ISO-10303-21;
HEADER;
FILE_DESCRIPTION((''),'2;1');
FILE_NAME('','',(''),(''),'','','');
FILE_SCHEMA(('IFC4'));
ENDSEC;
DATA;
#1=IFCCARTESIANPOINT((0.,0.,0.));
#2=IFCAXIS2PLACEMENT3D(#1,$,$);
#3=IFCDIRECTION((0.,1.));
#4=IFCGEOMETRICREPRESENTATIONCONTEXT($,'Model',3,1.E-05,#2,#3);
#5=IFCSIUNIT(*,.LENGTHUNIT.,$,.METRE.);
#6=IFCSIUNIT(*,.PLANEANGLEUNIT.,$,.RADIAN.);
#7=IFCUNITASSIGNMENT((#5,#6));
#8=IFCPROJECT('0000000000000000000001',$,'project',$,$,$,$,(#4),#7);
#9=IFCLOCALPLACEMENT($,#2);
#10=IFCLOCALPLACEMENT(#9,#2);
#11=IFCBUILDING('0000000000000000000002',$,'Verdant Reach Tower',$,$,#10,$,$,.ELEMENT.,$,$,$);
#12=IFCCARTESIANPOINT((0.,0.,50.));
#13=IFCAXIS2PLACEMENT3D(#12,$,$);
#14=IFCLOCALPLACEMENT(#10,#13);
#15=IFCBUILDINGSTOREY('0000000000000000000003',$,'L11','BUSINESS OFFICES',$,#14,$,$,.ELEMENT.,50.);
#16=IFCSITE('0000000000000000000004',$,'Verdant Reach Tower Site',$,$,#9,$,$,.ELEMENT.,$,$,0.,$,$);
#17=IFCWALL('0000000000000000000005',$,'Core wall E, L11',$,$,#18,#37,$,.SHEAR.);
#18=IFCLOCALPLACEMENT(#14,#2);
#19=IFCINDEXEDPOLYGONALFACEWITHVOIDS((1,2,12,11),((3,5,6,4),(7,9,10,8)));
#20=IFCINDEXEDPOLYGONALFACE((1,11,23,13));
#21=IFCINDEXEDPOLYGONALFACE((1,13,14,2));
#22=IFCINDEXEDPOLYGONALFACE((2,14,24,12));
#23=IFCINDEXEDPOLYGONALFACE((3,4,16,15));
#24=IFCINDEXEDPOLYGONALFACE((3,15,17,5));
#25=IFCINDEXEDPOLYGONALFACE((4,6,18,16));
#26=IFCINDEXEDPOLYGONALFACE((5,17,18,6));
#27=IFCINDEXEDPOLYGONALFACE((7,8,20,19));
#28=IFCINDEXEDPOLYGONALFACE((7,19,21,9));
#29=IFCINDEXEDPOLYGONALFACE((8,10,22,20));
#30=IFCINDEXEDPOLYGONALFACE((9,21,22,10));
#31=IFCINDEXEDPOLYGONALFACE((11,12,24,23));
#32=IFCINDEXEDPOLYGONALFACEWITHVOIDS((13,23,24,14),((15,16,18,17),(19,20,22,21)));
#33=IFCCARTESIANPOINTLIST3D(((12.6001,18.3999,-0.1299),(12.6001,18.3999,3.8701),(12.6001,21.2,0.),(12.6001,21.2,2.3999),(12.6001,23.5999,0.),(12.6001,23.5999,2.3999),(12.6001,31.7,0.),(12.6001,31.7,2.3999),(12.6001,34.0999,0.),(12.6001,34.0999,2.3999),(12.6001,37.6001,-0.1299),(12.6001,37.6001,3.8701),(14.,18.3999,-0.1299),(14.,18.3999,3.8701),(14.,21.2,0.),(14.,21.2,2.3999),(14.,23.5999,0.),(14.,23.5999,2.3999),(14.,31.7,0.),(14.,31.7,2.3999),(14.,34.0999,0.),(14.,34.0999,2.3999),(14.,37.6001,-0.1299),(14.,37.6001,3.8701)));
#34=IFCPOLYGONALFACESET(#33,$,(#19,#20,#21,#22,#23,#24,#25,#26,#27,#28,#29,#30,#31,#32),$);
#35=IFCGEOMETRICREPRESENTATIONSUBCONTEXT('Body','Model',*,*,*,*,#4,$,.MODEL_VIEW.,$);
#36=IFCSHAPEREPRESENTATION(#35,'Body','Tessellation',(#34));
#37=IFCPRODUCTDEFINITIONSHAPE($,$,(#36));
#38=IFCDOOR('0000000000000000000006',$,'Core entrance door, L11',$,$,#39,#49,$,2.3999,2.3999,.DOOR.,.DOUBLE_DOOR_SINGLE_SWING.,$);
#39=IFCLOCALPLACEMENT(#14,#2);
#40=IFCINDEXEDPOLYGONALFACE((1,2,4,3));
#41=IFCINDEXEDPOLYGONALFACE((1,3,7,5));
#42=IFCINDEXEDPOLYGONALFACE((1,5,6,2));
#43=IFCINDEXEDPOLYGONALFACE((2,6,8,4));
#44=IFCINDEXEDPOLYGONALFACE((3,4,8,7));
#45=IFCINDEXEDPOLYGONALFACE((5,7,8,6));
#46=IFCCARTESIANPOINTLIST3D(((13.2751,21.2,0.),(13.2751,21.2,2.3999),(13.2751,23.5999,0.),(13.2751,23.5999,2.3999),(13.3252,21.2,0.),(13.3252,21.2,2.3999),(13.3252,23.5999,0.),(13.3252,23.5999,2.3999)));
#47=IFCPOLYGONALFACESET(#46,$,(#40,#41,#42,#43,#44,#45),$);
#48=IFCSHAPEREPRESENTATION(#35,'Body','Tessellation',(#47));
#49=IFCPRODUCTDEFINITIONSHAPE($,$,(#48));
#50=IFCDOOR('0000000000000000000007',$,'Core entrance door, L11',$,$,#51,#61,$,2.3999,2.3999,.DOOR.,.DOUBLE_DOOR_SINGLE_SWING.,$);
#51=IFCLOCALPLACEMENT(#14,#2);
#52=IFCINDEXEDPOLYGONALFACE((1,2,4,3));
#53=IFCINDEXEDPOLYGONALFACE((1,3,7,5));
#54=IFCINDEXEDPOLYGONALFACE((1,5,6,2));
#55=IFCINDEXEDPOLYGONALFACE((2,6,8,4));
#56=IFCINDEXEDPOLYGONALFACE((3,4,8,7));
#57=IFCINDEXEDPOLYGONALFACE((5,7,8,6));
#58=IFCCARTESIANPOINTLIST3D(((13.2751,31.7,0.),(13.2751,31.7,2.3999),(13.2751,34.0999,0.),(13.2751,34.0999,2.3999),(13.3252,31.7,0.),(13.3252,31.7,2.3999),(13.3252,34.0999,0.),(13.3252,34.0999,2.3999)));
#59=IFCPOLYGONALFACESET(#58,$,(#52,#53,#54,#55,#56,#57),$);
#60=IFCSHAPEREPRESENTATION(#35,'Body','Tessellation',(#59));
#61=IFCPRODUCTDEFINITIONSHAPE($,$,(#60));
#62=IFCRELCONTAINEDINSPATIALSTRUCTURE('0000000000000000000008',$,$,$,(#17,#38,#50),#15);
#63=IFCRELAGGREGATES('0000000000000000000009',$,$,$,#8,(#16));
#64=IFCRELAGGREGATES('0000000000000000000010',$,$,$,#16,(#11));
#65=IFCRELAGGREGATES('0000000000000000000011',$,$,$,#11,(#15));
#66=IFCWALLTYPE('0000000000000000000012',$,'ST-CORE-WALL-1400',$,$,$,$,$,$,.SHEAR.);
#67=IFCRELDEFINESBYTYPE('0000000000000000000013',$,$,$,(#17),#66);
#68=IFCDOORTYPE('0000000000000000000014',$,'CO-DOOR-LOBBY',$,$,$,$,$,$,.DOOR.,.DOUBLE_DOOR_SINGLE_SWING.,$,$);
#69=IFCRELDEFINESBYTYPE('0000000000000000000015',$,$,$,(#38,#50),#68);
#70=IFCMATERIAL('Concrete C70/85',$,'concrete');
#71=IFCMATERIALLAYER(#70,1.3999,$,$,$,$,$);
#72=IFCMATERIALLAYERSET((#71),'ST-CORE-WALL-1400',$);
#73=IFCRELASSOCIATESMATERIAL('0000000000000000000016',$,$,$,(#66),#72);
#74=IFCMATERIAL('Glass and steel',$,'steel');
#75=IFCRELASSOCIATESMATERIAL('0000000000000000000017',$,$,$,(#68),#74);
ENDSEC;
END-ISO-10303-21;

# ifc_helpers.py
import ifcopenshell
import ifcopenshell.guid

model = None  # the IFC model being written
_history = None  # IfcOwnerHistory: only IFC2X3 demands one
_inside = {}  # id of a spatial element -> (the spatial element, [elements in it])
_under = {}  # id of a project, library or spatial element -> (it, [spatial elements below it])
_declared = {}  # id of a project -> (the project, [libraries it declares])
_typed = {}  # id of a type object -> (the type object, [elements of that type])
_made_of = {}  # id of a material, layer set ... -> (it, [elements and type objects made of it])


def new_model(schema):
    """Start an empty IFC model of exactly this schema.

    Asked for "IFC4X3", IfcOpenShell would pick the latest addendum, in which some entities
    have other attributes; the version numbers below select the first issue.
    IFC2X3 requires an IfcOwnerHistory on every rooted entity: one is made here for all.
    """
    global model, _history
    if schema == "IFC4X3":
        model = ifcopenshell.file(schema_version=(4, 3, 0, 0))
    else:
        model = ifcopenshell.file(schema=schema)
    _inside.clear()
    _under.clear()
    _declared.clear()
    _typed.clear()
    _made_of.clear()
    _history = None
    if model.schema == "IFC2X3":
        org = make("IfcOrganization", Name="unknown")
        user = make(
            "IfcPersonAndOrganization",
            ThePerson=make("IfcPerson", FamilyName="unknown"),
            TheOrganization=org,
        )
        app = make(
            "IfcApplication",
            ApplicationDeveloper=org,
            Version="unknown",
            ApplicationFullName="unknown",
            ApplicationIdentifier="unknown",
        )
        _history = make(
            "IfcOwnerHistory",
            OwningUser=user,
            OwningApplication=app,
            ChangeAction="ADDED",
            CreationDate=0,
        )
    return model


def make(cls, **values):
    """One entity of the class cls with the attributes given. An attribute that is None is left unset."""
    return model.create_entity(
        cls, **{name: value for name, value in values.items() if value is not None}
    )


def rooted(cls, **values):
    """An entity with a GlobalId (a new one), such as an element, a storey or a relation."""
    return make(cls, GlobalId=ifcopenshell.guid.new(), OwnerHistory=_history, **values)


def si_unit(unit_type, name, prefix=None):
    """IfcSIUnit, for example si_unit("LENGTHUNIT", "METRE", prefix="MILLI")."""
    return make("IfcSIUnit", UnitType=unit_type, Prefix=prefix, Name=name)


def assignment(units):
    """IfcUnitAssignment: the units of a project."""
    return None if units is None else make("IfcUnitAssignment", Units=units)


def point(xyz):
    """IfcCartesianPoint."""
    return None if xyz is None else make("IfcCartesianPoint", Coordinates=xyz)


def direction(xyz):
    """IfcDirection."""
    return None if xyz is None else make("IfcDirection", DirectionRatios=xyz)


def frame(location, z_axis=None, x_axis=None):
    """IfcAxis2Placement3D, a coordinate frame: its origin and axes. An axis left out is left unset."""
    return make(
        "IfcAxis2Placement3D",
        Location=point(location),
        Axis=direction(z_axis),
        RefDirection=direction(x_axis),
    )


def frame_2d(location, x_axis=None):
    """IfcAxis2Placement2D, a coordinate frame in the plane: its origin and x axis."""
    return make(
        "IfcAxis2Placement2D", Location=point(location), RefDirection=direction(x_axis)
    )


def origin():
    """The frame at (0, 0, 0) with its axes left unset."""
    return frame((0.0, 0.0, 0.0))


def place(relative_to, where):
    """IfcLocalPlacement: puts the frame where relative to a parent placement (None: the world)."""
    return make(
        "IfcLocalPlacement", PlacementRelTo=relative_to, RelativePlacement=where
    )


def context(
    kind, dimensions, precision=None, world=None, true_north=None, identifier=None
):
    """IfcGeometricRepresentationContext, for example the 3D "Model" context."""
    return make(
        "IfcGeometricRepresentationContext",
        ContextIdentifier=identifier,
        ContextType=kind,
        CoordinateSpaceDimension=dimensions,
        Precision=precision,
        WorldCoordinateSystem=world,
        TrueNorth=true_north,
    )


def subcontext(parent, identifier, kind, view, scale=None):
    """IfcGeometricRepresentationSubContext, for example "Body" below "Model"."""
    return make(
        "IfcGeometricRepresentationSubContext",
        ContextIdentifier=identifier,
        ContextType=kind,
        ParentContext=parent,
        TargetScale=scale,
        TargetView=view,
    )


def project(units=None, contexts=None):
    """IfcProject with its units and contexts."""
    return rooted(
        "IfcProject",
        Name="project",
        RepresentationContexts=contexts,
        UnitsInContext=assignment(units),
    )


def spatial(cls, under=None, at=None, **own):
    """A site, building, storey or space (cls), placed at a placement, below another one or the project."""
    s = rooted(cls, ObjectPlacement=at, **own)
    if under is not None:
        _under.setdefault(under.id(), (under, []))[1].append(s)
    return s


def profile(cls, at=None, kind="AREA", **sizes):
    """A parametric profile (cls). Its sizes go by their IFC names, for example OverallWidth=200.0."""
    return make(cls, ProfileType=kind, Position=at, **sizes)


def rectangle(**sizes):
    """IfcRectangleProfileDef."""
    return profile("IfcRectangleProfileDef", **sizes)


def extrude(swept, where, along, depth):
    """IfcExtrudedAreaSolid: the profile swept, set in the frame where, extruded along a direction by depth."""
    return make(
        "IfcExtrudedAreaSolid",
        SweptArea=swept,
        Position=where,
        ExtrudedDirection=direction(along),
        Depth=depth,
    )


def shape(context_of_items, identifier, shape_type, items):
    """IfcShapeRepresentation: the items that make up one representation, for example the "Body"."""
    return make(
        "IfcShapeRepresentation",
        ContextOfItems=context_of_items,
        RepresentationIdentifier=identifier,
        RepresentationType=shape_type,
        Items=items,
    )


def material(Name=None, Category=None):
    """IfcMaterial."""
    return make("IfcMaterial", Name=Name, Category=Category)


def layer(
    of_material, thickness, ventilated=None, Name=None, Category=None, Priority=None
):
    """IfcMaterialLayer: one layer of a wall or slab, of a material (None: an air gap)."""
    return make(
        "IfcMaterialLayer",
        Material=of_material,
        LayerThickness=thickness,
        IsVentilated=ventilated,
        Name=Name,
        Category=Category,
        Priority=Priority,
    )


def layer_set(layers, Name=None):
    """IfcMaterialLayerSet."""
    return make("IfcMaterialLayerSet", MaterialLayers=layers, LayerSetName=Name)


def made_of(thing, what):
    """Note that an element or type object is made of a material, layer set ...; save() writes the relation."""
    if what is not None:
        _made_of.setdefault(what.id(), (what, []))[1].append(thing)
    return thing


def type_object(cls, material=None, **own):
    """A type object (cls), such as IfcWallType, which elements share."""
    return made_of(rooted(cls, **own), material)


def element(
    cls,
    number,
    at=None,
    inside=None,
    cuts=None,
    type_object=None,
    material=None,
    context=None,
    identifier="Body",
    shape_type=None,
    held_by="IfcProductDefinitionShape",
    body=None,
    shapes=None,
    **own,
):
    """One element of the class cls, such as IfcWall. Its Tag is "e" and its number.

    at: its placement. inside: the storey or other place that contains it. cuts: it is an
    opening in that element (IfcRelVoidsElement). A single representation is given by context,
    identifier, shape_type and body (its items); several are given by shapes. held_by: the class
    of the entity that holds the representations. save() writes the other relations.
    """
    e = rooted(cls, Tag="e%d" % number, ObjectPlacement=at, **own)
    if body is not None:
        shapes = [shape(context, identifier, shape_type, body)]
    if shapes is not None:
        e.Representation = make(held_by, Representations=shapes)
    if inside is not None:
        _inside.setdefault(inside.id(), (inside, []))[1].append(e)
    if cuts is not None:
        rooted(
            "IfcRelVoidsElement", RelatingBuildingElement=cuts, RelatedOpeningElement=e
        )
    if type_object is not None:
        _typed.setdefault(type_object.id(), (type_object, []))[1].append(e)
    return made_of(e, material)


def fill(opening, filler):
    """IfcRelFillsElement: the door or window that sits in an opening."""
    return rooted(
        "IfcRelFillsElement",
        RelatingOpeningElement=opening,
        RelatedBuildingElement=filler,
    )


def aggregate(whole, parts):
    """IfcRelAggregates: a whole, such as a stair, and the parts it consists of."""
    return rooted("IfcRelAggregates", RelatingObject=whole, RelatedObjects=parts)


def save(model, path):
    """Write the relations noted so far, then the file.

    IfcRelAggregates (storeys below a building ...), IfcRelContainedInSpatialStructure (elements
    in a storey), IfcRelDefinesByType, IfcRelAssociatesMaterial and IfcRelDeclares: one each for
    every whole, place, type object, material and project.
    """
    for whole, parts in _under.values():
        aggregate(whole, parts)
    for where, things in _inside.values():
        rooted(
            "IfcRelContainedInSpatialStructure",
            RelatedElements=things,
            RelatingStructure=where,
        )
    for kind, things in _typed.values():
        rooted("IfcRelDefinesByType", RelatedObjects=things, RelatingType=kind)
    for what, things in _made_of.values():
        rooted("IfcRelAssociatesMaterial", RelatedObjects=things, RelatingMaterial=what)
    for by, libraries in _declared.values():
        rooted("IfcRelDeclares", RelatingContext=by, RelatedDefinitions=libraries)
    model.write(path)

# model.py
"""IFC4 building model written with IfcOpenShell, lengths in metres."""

from ifc_helpers import new_model, si_unit, direction, frame, frame_2d, origin, place, context, subcontext, project, spatial, rectangle, extrude, material, layer, layer_set, type_object, element, fill, save


model = new_model("IFC4")

# Units and contexts
model_context = context("Model", 3, precision=1e-05, world=origin(), true_north=direction((0.0, 1.0)))
body_context = subcontext(model_context, "Body", "Model", "MODEL_VIEW")
ifc_project = project(units=[si_unit("LENGTHUNIT", "METRE"), si_unit("PLANEANGLEUNIT", "RADIAN")], contexts=[model_context])

# Site, building, storey
site_placement = place(None, origin())
site = spatial("IfcSite", under=ifc_project, at=site_placement, Name="Verdant Reach Tower Site", CompositionType="ELEMENT", RefElevation=0.0)
building_placement = place(site_placement, origin())
building = spatial("IfcBuilding", under=site, at=building_placement, Name="Verdant Reach Tower", CompositionType="ELEMENT")
storey_placement = place(building_placement, frame((0.0, 0.0, 50.0)))
storey = spatial("IfcBuildingStorey", under=building, at=storey_placement, Name="L11", Description="BUSINESS OFFICES", CompositionType="ELEMENT", Elevation=50.0)

# Wall, openings, doors
ifc_material_1 = material(Name="Concrete C70/85", Category="concrete")
ifc_layer_1 = layer(ifc_material_1, 1.3999)
ifc_layer_set_1 = layer_set([ifc_layer_1], Name="ST-CORE-WALL-1400")
wall_type_1 = type_object("IfcWallType", Name="ST-CORE-WALL-1400", PredefinedType="SHEAR", material=ifc_layer_set_1)
wall_1_placement = place(storey_placement, frame((13.3, 18.3999, -0.1299), z_axis=(0.0, 0.0, 1.0), x_axis=(0.0, 1.0, 0.0)))
wall_1 = element("IfcWall", 1, at=wall_1_placement, inside=storey, type_object=wall_type_1, Name="Core wall E, L11", PredefinedType="SHEAR", context=body_context, shape_type="SweptSolid", body=[
    extrude(rectangle(XDim=19.2002, YDim=1.3999, at=frame_2d((9.6001, 0.0))), origin(), (0.0, 0.0, 1.0), 4.0),
])
opening_1_placement = place(wall_1_placement, frame((2.8, 0.0, 0.1299)))
opening_1 = element("IfcOpeningElement", 2, at=opening_1_placement, cuts=wall_1, PredefinedType="OPENING", context=body_context, shape_type="SweptSolid", body=[
    extrude(rectangle(XDim=2.3999, YDim=2.3999, at=frame_2d((1.2, 1.2))), frame((0.0, 0.71, 0.0), z_axis=(0.0, -1.0, 0.0), x_axis=(1.0, 0.0, 0.0)), (0.0, 0.0, 1.0), 1.4199),
])
opening_2_placement = place(wall_1_placement, frame((13.3, 0.0, 0.1299)))
opening_2 = element("IfcOpeningElement", 3, at=opening_2_placement, cuts=wall_1, PredefinedType="OPENING", context=body_context, shape_type="SweptSolid", body=[
    extrude(rectangle(XDim=2.3999, YDim=2.3999, at=frame_2d((1.2, 1.2))), frame((0.0, 0.71, 0.0), z_axis=(0.0, -1.0, 0.0), x_axis=(1.0, 0.0, 0.0)), (0.0, 0.0, 1.0), 1.4199),
])
ifc_material_2 = material(Name="Glass and steel", Category="steel")
door_type_1 = type_object("IfcDoorType", Name="CO-DOOR-LOBBY", OperationType="DOUBLE_DOOR_SINGLE_SWING", PredefinedType="DOOR", material=ifc_material_2)
door_1_placement = place(opening_1_placement, origin())
door_1 = element("IfcDoor", 4, at=door_1_placement, inside=storey, type_object=door_type_1, Name="Core entrance door, L11", OperationType="DOUBLE_DOOR_SINGLE_SWING", OverallHeight=2.3999, OverallWidth=2.3999, PredefinedType="DOOR", context=body_context, shape_type="SweptSolid", body=[
    extrude(rectangle(XDim=2.3999, YDim=2.3999, at=frame_2d((1.2, 1.2))), frame((0.0, 0.0249, 0.0), z_axis=(0.0, -1.0, 0.0), x_axis=(1.0, 0.0, 0.0)), (0.0, 0.0, 1.0), 0.05),
])
fill(opening_1, door_1)
door_2_placement = place(opening_2_placement, origin())
door_2 = element("IfcDoor", 5, at=door_2_placement, inside=storey, type_object=door_type_1, Name="Core entrance door, L11", OperationType="DOUBLE_DOOR_SINGLE_SWING", OverallHeight=2.3999, OverallWidth=2.3999, PredefinedType="DOOR", context=body_context, shape_type="SweptSolid", body=[
    extrude(rectangle(XDim=2.3999, YDim=2.3999, at=frame_2d((1.2, 1.2))), frame((0.0, 0.0249, 0.0), z_axis=(0.0, -1.0, 0.0), x_axis=(1.0, 0.0, 0.0)), (0.0, 0.0, 1.0), 0.05),
])
fill(opening_2, door_2)

save(model, "model.ifc")
